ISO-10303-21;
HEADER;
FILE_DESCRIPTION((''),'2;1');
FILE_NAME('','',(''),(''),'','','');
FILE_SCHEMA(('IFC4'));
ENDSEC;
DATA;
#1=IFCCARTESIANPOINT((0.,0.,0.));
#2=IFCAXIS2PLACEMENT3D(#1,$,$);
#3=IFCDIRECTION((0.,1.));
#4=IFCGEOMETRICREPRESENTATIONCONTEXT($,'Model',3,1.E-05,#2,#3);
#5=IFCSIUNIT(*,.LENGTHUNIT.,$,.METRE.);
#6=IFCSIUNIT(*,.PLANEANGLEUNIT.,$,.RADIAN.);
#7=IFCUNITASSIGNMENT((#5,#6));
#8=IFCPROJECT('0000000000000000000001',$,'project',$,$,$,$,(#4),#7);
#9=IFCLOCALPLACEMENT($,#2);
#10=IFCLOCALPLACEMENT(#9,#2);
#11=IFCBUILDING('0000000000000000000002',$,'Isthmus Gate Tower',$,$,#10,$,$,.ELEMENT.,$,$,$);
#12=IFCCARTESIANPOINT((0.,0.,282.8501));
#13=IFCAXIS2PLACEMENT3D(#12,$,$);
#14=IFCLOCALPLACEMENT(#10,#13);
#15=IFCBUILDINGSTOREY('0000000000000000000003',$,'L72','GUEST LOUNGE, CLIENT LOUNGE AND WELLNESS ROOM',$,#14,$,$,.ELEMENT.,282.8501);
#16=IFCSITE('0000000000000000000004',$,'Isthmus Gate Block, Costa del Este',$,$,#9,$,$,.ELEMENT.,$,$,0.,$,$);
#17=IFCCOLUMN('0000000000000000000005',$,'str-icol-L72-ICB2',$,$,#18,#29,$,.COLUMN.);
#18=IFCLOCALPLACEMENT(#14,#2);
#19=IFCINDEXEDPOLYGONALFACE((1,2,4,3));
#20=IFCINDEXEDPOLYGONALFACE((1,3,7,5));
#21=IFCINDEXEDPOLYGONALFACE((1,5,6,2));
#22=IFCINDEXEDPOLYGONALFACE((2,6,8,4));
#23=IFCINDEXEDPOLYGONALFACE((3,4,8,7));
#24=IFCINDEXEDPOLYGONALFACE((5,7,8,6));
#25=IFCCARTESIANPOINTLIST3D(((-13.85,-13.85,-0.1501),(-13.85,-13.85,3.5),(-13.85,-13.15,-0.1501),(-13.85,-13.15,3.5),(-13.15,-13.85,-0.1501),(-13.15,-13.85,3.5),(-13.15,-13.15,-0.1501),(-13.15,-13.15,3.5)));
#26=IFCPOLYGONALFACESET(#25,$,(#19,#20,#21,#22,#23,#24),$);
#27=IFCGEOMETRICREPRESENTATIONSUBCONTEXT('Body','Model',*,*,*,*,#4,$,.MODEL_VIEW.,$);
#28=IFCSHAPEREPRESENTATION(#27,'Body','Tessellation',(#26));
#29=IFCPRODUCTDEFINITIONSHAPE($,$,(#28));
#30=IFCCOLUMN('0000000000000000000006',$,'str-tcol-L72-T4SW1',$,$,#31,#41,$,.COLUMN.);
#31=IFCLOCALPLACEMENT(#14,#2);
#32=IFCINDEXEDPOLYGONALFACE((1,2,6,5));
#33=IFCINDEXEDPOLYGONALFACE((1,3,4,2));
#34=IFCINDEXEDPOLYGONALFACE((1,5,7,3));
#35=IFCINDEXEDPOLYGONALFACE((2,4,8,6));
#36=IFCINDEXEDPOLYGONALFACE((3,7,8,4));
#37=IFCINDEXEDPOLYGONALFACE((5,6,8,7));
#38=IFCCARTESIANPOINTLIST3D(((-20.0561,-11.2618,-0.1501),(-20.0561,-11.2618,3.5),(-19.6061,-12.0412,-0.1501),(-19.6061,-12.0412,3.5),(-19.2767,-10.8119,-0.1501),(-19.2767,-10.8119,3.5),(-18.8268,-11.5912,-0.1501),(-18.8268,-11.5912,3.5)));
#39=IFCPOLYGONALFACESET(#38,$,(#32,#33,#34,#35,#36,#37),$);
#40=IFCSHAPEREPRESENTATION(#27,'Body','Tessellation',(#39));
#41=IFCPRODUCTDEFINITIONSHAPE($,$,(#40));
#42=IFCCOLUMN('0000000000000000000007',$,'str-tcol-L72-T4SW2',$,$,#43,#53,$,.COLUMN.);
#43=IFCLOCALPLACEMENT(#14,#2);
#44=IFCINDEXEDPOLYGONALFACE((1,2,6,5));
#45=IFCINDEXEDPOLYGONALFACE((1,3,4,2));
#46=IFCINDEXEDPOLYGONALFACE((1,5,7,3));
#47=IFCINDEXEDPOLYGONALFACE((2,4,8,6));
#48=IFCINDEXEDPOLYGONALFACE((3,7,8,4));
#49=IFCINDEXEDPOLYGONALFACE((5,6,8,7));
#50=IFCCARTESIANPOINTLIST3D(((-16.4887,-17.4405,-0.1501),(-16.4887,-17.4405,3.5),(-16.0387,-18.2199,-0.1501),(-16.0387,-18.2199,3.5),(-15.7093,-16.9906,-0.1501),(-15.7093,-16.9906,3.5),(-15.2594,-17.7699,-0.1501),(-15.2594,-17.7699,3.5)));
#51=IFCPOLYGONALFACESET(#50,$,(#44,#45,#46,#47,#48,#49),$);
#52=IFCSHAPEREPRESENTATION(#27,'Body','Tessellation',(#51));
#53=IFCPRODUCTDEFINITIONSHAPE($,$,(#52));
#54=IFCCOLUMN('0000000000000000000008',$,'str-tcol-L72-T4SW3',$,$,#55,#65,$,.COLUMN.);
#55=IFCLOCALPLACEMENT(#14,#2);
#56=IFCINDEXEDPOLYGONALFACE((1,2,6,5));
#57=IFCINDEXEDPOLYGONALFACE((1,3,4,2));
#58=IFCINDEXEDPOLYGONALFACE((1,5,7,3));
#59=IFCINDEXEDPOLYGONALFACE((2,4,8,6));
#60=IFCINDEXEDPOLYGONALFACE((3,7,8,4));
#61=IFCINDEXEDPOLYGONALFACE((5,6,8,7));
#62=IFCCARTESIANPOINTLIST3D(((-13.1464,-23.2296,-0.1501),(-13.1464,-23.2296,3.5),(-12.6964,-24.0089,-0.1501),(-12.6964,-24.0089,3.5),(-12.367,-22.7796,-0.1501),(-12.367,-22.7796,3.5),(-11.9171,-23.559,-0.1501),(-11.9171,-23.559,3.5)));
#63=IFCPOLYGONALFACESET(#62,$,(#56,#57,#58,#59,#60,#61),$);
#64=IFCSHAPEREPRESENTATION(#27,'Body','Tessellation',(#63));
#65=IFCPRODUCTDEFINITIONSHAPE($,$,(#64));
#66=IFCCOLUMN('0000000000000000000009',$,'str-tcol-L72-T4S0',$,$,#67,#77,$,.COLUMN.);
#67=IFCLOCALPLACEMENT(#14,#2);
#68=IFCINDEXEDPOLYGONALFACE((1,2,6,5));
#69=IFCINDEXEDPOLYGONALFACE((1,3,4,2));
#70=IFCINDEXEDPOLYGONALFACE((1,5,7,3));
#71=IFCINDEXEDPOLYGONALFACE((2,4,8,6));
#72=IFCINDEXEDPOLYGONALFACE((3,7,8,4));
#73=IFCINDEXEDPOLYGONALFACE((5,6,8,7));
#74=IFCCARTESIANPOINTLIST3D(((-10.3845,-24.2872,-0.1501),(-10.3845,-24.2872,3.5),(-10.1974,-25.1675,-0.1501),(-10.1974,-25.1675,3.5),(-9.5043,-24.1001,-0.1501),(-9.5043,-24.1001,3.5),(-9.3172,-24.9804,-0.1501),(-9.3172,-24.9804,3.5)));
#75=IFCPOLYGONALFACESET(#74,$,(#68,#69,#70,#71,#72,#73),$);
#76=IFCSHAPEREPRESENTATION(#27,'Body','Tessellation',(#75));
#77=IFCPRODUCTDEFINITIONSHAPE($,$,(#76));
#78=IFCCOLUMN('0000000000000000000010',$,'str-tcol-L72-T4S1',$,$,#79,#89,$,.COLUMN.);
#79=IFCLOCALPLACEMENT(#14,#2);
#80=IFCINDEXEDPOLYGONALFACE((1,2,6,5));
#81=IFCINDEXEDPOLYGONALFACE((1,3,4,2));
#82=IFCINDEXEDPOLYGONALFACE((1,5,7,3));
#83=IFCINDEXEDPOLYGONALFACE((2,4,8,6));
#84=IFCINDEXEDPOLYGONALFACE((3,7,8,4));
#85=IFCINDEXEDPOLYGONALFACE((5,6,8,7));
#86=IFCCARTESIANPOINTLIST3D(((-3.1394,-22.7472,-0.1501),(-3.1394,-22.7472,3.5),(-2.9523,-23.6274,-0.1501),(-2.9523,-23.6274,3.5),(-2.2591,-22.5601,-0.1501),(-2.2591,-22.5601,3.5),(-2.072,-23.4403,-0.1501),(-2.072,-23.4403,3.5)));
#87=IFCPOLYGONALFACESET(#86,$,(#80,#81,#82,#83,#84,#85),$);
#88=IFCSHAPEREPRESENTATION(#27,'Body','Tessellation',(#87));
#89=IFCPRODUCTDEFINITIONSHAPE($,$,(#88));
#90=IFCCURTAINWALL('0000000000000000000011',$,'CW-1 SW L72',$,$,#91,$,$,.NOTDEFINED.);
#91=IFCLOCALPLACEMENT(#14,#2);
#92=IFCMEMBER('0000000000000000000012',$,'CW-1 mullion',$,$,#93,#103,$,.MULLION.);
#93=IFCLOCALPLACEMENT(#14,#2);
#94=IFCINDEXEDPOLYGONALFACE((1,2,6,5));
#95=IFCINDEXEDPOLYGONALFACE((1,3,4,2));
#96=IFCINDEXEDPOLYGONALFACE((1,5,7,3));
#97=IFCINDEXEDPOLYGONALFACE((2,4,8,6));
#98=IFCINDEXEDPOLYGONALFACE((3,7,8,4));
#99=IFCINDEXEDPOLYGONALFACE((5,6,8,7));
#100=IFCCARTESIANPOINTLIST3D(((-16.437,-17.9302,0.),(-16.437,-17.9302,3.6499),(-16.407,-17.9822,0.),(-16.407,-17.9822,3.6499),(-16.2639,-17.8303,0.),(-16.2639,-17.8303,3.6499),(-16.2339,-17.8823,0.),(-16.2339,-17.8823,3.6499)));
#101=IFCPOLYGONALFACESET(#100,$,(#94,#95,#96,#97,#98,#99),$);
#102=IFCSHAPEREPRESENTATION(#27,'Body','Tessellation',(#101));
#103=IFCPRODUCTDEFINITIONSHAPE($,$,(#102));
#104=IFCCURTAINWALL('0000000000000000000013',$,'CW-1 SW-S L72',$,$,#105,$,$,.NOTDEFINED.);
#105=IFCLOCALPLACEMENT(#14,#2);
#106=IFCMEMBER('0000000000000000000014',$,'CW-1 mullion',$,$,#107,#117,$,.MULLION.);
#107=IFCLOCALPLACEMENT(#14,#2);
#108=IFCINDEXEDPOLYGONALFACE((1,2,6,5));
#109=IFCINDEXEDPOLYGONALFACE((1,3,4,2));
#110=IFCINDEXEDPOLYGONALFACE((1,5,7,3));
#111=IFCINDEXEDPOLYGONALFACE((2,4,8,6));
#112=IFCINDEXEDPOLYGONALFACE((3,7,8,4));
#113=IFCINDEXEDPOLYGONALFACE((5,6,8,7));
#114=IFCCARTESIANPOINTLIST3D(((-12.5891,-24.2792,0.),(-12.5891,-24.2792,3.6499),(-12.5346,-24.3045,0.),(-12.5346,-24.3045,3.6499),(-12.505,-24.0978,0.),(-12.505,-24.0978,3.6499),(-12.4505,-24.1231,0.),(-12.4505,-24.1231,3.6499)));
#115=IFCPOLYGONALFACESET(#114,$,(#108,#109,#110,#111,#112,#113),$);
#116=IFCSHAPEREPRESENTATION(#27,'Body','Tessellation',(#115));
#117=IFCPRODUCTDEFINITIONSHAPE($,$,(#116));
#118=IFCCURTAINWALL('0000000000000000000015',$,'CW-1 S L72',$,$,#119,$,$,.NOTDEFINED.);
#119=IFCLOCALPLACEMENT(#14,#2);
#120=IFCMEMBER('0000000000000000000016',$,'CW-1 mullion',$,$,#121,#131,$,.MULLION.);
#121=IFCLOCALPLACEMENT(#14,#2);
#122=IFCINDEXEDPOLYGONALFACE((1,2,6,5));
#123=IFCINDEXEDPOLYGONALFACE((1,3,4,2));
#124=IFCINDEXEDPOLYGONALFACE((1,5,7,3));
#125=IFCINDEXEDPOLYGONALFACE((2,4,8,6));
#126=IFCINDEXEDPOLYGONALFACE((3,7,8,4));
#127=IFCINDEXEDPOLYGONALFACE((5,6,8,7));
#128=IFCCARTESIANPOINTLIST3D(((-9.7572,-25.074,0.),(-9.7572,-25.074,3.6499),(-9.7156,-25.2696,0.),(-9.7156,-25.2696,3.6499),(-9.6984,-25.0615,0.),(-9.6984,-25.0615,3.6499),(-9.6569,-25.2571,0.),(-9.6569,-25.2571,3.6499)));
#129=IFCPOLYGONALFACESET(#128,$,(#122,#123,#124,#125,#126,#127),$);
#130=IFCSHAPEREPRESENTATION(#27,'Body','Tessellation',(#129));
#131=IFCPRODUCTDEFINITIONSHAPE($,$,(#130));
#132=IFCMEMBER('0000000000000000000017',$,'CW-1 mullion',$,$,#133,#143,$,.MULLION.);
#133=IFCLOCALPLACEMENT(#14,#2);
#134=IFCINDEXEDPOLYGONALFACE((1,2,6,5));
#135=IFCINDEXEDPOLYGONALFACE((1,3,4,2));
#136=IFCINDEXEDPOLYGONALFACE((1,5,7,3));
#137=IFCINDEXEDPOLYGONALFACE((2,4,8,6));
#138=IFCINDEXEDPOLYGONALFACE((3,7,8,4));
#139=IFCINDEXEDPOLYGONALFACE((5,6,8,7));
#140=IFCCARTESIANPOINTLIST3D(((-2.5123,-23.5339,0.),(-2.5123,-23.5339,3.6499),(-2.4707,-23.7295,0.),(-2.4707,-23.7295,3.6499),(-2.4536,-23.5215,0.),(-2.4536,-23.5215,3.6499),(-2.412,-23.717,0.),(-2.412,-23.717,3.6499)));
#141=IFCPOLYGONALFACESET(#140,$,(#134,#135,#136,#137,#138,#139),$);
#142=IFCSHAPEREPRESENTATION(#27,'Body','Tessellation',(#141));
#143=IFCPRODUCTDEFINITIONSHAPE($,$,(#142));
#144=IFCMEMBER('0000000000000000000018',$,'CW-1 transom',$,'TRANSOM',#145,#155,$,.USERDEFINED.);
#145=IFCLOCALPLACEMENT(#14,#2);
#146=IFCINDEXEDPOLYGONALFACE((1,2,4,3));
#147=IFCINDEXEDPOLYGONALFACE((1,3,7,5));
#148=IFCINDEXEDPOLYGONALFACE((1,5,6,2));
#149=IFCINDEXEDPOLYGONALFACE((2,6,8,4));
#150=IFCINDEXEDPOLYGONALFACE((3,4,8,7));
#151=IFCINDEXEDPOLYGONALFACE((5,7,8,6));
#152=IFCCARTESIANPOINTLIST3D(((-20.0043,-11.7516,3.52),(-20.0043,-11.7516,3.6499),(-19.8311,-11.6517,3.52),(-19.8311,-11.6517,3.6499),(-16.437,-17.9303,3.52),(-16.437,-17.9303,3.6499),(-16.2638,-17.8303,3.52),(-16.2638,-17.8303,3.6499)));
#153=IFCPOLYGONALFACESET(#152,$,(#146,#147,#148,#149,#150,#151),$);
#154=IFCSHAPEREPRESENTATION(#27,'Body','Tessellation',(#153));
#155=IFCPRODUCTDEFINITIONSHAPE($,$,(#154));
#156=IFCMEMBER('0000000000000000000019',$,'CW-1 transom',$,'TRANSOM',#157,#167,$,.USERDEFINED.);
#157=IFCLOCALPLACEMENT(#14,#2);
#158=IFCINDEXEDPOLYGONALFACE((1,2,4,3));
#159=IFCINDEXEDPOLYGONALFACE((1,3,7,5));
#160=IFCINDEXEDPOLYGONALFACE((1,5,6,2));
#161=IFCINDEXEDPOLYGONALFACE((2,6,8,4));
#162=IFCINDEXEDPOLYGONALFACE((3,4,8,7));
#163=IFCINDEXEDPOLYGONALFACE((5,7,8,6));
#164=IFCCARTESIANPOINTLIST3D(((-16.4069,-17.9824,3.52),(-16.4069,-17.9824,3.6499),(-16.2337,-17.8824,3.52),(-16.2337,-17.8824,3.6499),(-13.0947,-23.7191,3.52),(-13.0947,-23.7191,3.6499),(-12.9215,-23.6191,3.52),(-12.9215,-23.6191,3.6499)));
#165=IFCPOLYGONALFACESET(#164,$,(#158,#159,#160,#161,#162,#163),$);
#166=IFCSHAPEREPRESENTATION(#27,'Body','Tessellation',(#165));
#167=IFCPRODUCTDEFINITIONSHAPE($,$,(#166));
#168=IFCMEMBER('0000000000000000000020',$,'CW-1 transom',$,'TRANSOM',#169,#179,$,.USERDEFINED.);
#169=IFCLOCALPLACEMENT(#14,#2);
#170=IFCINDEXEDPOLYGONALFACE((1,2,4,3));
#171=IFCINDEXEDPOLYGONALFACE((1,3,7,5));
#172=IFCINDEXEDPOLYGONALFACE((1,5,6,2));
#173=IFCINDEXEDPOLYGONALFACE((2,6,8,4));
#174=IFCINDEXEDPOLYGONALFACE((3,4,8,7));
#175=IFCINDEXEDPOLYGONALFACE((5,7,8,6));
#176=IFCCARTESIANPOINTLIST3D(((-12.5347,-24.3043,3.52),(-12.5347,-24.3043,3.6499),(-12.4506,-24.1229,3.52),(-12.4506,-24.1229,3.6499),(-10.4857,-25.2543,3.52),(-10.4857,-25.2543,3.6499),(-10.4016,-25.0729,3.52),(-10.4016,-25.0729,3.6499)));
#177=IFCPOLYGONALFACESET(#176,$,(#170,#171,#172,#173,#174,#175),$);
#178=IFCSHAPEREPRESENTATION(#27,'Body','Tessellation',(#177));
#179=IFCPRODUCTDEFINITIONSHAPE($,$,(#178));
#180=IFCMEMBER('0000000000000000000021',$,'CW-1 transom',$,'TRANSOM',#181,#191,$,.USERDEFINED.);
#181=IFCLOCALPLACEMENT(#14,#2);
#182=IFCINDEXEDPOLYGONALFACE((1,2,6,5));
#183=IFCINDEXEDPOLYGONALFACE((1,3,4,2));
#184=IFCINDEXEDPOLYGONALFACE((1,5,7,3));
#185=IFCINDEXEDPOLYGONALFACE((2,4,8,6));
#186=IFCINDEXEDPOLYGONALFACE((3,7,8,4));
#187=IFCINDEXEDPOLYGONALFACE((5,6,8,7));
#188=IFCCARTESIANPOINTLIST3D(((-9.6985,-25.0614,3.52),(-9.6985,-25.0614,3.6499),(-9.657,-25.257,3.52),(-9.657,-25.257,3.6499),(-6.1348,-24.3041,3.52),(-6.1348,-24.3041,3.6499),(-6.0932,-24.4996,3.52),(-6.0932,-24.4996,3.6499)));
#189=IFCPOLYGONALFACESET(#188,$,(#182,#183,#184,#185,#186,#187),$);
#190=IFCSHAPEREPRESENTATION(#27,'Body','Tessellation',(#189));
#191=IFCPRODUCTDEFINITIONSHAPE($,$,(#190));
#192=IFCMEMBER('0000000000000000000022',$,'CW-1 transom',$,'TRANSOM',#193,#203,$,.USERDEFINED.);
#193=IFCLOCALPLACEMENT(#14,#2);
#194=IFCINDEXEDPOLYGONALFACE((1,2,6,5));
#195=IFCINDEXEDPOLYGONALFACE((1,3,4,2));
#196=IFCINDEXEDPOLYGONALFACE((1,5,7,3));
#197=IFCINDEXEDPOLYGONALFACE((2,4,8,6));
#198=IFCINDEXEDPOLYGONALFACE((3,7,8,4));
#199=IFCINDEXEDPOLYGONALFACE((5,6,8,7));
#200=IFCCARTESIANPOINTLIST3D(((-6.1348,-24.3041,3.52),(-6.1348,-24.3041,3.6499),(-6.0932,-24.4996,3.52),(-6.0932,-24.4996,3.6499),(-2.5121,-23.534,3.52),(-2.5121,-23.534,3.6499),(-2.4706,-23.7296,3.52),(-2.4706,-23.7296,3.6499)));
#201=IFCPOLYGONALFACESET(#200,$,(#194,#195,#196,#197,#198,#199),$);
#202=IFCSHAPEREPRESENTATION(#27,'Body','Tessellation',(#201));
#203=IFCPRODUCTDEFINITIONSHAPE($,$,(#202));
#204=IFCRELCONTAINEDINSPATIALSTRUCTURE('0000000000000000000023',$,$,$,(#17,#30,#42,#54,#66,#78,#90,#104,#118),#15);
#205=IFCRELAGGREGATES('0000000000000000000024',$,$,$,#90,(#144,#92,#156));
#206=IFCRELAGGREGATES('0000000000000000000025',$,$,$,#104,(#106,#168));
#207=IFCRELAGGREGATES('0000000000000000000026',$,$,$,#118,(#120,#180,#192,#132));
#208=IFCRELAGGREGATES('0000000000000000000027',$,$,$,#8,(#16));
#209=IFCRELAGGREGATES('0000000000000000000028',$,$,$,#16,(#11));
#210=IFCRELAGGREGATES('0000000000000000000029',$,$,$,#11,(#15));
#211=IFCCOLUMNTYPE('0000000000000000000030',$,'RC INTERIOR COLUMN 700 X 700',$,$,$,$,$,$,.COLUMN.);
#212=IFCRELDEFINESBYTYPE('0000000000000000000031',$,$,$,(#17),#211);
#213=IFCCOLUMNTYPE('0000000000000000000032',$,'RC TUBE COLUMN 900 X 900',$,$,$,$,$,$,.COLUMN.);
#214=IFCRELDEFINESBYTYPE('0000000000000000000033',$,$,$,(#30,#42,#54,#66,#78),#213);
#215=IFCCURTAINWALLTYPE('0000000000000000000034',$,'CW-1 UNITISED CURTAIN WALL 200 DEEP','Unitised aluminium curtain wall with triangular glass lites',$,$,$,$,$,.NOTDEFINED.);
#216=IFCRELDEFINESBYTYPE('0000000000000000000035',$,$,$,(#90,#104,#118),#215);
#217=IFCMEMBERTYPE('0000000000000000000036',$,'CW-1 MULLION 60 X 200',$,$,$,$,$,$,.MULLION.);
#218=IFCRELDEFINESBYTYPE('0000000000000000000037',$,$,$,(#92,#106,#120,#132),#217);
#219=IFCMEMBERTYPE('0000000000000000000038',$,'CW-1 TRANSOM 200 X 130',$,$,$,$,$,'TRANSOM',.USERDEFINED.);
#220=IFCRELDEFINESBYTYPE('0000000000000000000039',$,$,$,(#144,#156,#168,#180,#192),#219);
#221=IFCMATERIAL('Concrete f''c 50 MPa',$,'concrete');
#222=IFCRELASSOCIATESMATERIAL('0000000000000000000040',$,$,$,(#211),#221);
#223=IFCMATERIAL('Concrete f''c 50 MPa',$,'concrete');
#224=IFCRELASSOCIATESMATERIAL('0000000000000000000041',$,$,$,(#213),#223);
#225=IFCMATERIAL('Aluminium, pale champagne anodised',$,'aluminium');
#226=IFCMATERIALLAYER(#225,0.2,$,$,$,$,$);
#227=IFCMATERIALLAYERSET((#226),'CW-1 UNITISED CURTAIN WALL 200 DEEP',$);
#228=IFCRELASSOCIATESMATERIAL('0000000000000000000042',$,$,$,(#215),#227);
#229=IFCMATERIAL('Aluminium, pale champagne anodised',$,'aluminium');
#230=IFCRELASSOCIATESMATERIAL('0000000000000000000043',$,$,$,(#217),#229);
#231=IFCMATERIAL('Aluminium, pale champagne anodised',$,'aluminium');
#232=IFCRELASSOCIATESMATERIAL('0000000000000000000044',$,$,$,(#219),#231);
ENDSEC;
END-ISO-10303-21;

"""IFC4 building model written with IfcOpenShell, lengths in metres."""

from ifc_helpers import new_model, si_unit, direction, frame, origin, origin_2d, place, context, subcontext, project, spatial, rectangle, extrude, material, layer, layer_set, material_profile, profile_set, type_object, element, aggregate, save


model = new_model("IFC4")

# Units and contexts
model_context = context("Model", 3, precision=1e-05, world=origin(), true_north=direction((0.0, 1.0)))
body_context = subcontext(model_context, "Body", "Model", "MODEL_VIEW")
ifc_project = project(units=[si_unit("LENGTHUNIT", "METRE"), si_unit("PLANEANGLEUNIT", "RADIAN")], contexts=[model_context])

# Site, building, storey
site_placement = place(None, origin())
site = spatial("IfcSite", under=ifc_project, at=site_placement, Name="Isthmus Gate Block, Costa del Este", CompositionType="ELEMENT", RefElevation=0.0)
building_placement = place(site_placement, origin())
building = spatial("IfcBuilding", under=site, at=building_placement, Name="Isthmus Gate Tower", CompositionType="ELEMENT")
storey_placement = place(building_placement, frame((0.0, 0.0, 282.8501)))
storey = spatial("IfcBuildingStorey", under=building, at=storey_placement, Name="L72", Description="GUEST LOUNGE, CLIENT LOUNGE AND WELLNESS ROOM", CompositionType="ELEMENT", Elevation=282.8501)

# Columns
ifc_material_1 = material(Name="Concrete f'c 50 MPa", Category="concrete")
ifc_material_profile_1 = material_profile(ifc_material_1, rectangle(XDim=0.7, YDim=0.7, at=origin_2d()), Name="RC 700X700")
ifc_profile_set_1 = profile_set([ifc_material_profile_1], Name="Concrete f'c 50 MPa")
column_type_1 = type_object("IfcColumnType", Name="RC INTERIOR COLUMN 700 X 700", PredefinedType="COLUMN", material=ifc_profile_set_1)
column_placement = place(storey_placement, frame((-13.5, -13.5, -0.1501), z_axis=(0.0, 0.0, 1.0), x_axis=(1.0, 0.0, 0.0)))
element("IfcColumn", 1, at=column_placement, inside=storey, type_object=column_type_1, Name="str-icol-L72-ICB2", PredefinedType="COLUMN", context=body_context, shape_type="SweptSolid", body=[
    extrude(rectangle(XDim=0.7, YDim=0.7, at=origin_2d()), origin(), (0.0, 0.0, 1.0), 3.6501),
])
ifc_material_2 = material(Name="Concrete f'c 50 MPa", Category="concrete")
ifc_material_profile_2 = material_profile(ifc_material_2, rectangle(XDim=0.8999, YDim=0.8999, at=origin_2d()), Name="RC 900X900")
ifc_profile_set_2 = profile_set([ifc_material_profile_2], Name="Concrete f'c 50 MPa")
column_type_2 = type_object("IfcColumnType", Name="RC TUBE COLUMN 900 X 900", PredefinedType="COLUMN", material=ifc_profile_set_2)
for number, where, z_axis, x_axis, name in (
    (2, (-19.4414, -11.4265, -0.1501), (0.0, 0.0, 1.0), (0.5, -0.866025, 0.0), "str-tcol-L72-T4SW1"),
    (3, (-15.874, -17.6052, -0.1501), (0.0, 0.0, 1.0), (0.5, -0.866025, 0.0), "str-tcol-L72-T4SW2"),
    (4, (-12.5317, -23.3943, -0.1501), (0.0, 0.0, 1.0), (0.5, -0.866025, 0.0), "str-tcol-L72-T4SW3"),
    (5, (-9.8508, -24.6338, -0.1501), (0.0, 0.0, 1.0), (0.978148, 0.207912, 0.0), "str-tcol-L72-T4S0"),
    (6, (-2.6057, -23.0938, -0.1501), (0.0, 0.0, 1.0), (0.978148, 0.207912, 0.0), "str-tcol-L72-T4S1"),
):
    element("IfcColumn", number, at=place(storey_placement, frame(where, z_axis=z_axis, x_axis=x_axis)), inside=storey, type_object=column_type_2, Name=name, PredefinedType="COLUMN", context=body_context, shape_type="SweptSolid", body=[
        extrude(rectangle(XDim=0.8999, YDim=0.8999, at=origin_2d()), origin(), (0.0, 0.0, 1.0), 3.6501),
    ])

# Curtain walls, members
ifc_material_3 = material(Name="Aluminium, pale champagne anodised", Category="aluminium")
ifc_layer_1 = layer(ifc_material_3, 0.2)
ifc_layer_set_1 = layer_set([ifc_layer_1], Name="CW-1 UNITISED CURTAIN WALL 200 DEEP")
curtain_wall_type = type_object("IfcCurtainWallType", Name="CW-1 UNITISED CURTAIN WALL 200 DEEP", Description="Unitised aluminium curtain wall with triangular glass lites", PredefinedType="NOTDEFINED", material=ifc_layer_set_1)
curtain_wall_1_placement = place(storey_placement, origin())
curtain_wall_1 = element("IfcCurtainWall", 7, at=curtain_wall_1_placement, inside=storey, type_object=curtain_wall_type, Name="CW-1 SW L72", PredefinedType="NOTDEFINED")
ifc_material_4 = material(Name="Aluminium, pale champagne anodised", Category="aluminium")
ifc_material_profile_3 = material_profile(ifc_material_4, rectangle(XDim=0.0601, YDim=0.2, at=origin_2d()), Name="60x200")
ifc_profile_set_3 = profile_set([ifc_material_profile_3], Name="Aluminium, pale champagne anodised")
member_type_1 = type_object("IfcMemberType", Name="CW-1 MULLION 60 X 200", PredefinedType="MULLION", material=ifc_profile_set_3)
member_1_placement = place(storey_placement, frame((-16.3354, -17.9062, 0.0), z_axis=(0.0, 0.0, 1.0), x_axis=(0.5, -0.866025, 0.0)))
member_1 = element("IfcMember", 8, at=member_1_placement, type_object=member_type_1, Name="CW-1 mullion", PredefinedType="MULLION", context=body_context, shape_type="SweptSolid", body=[
    extrude(rectangle(XDim=0.0601, YDim=0.2, at=origin_2d()), origin(), (0.0, 0.0, 1.0), 3.6499),
])
curtain_wall_2_placement = place(storey_placement, origin())
curtain_wall_2 = element("IfcCurtainWall", 9, at=curtain_wall_2_placement, inside=storey, type_object=curtain_wall_type, Name="CW-1 SW-S L72", PredefinedType="NOTDEFINED")
member_2_placement = place(storey_placement, frame((-12.5198, -24.2012, 0.0), z_axis=(0.0, 0.0, 1.0), x_axis=(0.907256, -0.420578, 0.0)))
member_2 = element("IfcMember", 10, at=member_2_placement, type_object=member_type_1, Name="CW-1 mullion", PredefinedType="MULLION", context=body_context, shape_type="SweptSolid", body=[
    extrude(rectangle(XDim=0.0601, YDim=0.2, at=origin_2d()), origin(), (0.0, 0.0, 1.0), 3.6499),
])

# Curtain wall, members
curtain_wall_3_placement = place(storey_placement, origin())
curtain_wall_3 = element("IfcCurtainWall", 11, at=curtain_wall_3_placement, inside=storey, type_object=curtain_wall_type, Name="CW-1 S L72", PredefinedType="NOTDEFINED")
member_3_placement = place(storey_placement, frame((-9.707, -25.1655, 0.0), z_axis=(0.0, 0.0, 1.0), x_axis=(0.978148, 0.207912, 0.0)))
member_3 = element("IfcMember", 12, at=member_3_placement, type_object=member_type_1, Name="CW-1 mullion", PredefinedType="MULLION", context=body_context, shape_type="SweptSolid", body=[
    extrude(rectangle(XDim=0.0601, YDim=0.2, at=origin_2d()), origin(), (0.0, 0.0, 1.0), 3.6499),
])
member_4_placement = place(storey_placement, frame((-2.4622, -23.6255, 0.0), z_axis=(0.0, 0.0, 1.0), x_axis=(0.978148, 0.207912, 0.0)))
member_4 = element("IfcMember", 13, at=member_4_placement, type_object=member_type_1, Name="CW-1 mullion", PredefinedType="MULLION", context=body_context, shape_type="SweptSolid", body=[
    extrude(rectangle(XDim=0.0601, YDim=0.2, at=origin_2d()), origin(), (0.0, 0.0, 1.0), 3.6499),
])

# Members
ifc_material_5 = material(Name="Aluminium, pale champagne anodised", Category="aluminium")
ifc_material_profile_4 = material_profile(ifc_material_5, rectangle(XDim=0.2, YDim=0.1299, at=origin_2d()), Name="200x130")
ifc_profile_set_4 = profile_set([ifc_material_profile_4], Name="Aluminium, pale champagne anodised")
member_type_2 = type_object("IfcMemberType", Name="CW-1 TRANSOM 200 X 130", ElementType="TRANSOM", PredefinedType="USERDEFINED", material=ifc_profile_set_4)
member_5_placement = place(storey_placement, frame((-19.9177, -11.7017, 3.585), z_axis=(0.500011, -0.866019, 0.0), x_axis=(0.866019, 0.500011, 0.0)))
member_5 = element("IfcMember", 14, at=member_5_placement, type_object=member_type_2, Name="CW-1 transom", ObjectType="TRANSOM", PredefinedType="USERDEFINED", context=body_context, shape_type="SweptSolid", body=[
    extrude(rectangle(XDim=0.2, YDim=0.1299, at=origin_2d()), origin(), (0.0, 0.0, 1.0), 7.1345),
])
member_6_placement = place(storey_placement, frame((-16.3203, -17.9324, 3.585), z_axis=(0.500012, -0.866019, 0.0), x_axis=(0.866019, 0.500012, 0.0)))
member_6 = element("IfcMember", 15, at=member_6_placement, type_object=member_type_2, Name="CW-1 transom", ObjectType="TRANSOM", PredefinedType="USERDEFINED", context=body_context, shape_type="SweptSolid", body=[
    extrude(rectangle(XDim=0.2, YDim=0.1299, at=origin_2d()), origin(), (0.0, 0.0, 1.0), 6.6243),
])
member_7_placement = place(storey_placement, frame((-12.4927, -24.2136, 3.585), z_axis=(0.907246, -0.4206, 0.0), x_axis=(0.4206, 0.907246, 0.0)))
member_7 = element("IfcMember", 16, at=member_7_placement, type_object=member_type_2, Name="CW-1 transom", ObjectType="TRANSOM", PredefinedType="USERDEFINED", context=body_context, shape_type="SweptSolid", body=[
    extrude(rectangle(XDim=0.2, YDim=0.1299, at=origin_2d()), origin(), (0.0, 0.0, 1.0), 2.2585),
])
member_8_placement = place(storey_placement, frame((-9.6777, -25.1592, 3.585), z_axis=(0.978157, 0.207868, 0.0), x_axis=(-0.207868, 0.978157, 0.0)))
member_8 = element("IfcMember", 17, at=member_8_placement, type_object=member_type_2, Name="CW-1 transom", ObjectType="TRANSOM", PredefinedType="USERDEFINED", context=body_context, shape_type="SweptSolid", body=[
    extrude(rectangle(XDim=0.2, YDim=0.1299, at=origin_2d()), origin(), (0.0, 0.0, 1.0), 3.6433),
])
member_9_placement = place(storey_placement, frame((-6.114, -24.4019, 3.585), z_axis=(0.978146, 0.207917, 0.0), x_axis=(-0.207917, 0.978146, 0.0)))
member_9 = element("IfcMember", 18, at=member_9_placement, type_object=member_type_2, Name="CW-1 transom", ObjectType="TRANSOM", PredefinedType="USERDEFINED", context=body_context, shape_type="SweptSolid", body=[
    extrude(rectangle(XDim=0.2, YDim=0.1299, at=origin_2d()), origin(), (0.0, 0.0, 1.0), 3.7036),
])

aggregate(curtain_wall_1, [member_5, member_1, member_6])
aggregate(curtain_wall_2, [member_2, member_7])

aggregate(curtain_wall_3, [member_3, member_8, member_9, member_4])

save(model, "model.ifc")
